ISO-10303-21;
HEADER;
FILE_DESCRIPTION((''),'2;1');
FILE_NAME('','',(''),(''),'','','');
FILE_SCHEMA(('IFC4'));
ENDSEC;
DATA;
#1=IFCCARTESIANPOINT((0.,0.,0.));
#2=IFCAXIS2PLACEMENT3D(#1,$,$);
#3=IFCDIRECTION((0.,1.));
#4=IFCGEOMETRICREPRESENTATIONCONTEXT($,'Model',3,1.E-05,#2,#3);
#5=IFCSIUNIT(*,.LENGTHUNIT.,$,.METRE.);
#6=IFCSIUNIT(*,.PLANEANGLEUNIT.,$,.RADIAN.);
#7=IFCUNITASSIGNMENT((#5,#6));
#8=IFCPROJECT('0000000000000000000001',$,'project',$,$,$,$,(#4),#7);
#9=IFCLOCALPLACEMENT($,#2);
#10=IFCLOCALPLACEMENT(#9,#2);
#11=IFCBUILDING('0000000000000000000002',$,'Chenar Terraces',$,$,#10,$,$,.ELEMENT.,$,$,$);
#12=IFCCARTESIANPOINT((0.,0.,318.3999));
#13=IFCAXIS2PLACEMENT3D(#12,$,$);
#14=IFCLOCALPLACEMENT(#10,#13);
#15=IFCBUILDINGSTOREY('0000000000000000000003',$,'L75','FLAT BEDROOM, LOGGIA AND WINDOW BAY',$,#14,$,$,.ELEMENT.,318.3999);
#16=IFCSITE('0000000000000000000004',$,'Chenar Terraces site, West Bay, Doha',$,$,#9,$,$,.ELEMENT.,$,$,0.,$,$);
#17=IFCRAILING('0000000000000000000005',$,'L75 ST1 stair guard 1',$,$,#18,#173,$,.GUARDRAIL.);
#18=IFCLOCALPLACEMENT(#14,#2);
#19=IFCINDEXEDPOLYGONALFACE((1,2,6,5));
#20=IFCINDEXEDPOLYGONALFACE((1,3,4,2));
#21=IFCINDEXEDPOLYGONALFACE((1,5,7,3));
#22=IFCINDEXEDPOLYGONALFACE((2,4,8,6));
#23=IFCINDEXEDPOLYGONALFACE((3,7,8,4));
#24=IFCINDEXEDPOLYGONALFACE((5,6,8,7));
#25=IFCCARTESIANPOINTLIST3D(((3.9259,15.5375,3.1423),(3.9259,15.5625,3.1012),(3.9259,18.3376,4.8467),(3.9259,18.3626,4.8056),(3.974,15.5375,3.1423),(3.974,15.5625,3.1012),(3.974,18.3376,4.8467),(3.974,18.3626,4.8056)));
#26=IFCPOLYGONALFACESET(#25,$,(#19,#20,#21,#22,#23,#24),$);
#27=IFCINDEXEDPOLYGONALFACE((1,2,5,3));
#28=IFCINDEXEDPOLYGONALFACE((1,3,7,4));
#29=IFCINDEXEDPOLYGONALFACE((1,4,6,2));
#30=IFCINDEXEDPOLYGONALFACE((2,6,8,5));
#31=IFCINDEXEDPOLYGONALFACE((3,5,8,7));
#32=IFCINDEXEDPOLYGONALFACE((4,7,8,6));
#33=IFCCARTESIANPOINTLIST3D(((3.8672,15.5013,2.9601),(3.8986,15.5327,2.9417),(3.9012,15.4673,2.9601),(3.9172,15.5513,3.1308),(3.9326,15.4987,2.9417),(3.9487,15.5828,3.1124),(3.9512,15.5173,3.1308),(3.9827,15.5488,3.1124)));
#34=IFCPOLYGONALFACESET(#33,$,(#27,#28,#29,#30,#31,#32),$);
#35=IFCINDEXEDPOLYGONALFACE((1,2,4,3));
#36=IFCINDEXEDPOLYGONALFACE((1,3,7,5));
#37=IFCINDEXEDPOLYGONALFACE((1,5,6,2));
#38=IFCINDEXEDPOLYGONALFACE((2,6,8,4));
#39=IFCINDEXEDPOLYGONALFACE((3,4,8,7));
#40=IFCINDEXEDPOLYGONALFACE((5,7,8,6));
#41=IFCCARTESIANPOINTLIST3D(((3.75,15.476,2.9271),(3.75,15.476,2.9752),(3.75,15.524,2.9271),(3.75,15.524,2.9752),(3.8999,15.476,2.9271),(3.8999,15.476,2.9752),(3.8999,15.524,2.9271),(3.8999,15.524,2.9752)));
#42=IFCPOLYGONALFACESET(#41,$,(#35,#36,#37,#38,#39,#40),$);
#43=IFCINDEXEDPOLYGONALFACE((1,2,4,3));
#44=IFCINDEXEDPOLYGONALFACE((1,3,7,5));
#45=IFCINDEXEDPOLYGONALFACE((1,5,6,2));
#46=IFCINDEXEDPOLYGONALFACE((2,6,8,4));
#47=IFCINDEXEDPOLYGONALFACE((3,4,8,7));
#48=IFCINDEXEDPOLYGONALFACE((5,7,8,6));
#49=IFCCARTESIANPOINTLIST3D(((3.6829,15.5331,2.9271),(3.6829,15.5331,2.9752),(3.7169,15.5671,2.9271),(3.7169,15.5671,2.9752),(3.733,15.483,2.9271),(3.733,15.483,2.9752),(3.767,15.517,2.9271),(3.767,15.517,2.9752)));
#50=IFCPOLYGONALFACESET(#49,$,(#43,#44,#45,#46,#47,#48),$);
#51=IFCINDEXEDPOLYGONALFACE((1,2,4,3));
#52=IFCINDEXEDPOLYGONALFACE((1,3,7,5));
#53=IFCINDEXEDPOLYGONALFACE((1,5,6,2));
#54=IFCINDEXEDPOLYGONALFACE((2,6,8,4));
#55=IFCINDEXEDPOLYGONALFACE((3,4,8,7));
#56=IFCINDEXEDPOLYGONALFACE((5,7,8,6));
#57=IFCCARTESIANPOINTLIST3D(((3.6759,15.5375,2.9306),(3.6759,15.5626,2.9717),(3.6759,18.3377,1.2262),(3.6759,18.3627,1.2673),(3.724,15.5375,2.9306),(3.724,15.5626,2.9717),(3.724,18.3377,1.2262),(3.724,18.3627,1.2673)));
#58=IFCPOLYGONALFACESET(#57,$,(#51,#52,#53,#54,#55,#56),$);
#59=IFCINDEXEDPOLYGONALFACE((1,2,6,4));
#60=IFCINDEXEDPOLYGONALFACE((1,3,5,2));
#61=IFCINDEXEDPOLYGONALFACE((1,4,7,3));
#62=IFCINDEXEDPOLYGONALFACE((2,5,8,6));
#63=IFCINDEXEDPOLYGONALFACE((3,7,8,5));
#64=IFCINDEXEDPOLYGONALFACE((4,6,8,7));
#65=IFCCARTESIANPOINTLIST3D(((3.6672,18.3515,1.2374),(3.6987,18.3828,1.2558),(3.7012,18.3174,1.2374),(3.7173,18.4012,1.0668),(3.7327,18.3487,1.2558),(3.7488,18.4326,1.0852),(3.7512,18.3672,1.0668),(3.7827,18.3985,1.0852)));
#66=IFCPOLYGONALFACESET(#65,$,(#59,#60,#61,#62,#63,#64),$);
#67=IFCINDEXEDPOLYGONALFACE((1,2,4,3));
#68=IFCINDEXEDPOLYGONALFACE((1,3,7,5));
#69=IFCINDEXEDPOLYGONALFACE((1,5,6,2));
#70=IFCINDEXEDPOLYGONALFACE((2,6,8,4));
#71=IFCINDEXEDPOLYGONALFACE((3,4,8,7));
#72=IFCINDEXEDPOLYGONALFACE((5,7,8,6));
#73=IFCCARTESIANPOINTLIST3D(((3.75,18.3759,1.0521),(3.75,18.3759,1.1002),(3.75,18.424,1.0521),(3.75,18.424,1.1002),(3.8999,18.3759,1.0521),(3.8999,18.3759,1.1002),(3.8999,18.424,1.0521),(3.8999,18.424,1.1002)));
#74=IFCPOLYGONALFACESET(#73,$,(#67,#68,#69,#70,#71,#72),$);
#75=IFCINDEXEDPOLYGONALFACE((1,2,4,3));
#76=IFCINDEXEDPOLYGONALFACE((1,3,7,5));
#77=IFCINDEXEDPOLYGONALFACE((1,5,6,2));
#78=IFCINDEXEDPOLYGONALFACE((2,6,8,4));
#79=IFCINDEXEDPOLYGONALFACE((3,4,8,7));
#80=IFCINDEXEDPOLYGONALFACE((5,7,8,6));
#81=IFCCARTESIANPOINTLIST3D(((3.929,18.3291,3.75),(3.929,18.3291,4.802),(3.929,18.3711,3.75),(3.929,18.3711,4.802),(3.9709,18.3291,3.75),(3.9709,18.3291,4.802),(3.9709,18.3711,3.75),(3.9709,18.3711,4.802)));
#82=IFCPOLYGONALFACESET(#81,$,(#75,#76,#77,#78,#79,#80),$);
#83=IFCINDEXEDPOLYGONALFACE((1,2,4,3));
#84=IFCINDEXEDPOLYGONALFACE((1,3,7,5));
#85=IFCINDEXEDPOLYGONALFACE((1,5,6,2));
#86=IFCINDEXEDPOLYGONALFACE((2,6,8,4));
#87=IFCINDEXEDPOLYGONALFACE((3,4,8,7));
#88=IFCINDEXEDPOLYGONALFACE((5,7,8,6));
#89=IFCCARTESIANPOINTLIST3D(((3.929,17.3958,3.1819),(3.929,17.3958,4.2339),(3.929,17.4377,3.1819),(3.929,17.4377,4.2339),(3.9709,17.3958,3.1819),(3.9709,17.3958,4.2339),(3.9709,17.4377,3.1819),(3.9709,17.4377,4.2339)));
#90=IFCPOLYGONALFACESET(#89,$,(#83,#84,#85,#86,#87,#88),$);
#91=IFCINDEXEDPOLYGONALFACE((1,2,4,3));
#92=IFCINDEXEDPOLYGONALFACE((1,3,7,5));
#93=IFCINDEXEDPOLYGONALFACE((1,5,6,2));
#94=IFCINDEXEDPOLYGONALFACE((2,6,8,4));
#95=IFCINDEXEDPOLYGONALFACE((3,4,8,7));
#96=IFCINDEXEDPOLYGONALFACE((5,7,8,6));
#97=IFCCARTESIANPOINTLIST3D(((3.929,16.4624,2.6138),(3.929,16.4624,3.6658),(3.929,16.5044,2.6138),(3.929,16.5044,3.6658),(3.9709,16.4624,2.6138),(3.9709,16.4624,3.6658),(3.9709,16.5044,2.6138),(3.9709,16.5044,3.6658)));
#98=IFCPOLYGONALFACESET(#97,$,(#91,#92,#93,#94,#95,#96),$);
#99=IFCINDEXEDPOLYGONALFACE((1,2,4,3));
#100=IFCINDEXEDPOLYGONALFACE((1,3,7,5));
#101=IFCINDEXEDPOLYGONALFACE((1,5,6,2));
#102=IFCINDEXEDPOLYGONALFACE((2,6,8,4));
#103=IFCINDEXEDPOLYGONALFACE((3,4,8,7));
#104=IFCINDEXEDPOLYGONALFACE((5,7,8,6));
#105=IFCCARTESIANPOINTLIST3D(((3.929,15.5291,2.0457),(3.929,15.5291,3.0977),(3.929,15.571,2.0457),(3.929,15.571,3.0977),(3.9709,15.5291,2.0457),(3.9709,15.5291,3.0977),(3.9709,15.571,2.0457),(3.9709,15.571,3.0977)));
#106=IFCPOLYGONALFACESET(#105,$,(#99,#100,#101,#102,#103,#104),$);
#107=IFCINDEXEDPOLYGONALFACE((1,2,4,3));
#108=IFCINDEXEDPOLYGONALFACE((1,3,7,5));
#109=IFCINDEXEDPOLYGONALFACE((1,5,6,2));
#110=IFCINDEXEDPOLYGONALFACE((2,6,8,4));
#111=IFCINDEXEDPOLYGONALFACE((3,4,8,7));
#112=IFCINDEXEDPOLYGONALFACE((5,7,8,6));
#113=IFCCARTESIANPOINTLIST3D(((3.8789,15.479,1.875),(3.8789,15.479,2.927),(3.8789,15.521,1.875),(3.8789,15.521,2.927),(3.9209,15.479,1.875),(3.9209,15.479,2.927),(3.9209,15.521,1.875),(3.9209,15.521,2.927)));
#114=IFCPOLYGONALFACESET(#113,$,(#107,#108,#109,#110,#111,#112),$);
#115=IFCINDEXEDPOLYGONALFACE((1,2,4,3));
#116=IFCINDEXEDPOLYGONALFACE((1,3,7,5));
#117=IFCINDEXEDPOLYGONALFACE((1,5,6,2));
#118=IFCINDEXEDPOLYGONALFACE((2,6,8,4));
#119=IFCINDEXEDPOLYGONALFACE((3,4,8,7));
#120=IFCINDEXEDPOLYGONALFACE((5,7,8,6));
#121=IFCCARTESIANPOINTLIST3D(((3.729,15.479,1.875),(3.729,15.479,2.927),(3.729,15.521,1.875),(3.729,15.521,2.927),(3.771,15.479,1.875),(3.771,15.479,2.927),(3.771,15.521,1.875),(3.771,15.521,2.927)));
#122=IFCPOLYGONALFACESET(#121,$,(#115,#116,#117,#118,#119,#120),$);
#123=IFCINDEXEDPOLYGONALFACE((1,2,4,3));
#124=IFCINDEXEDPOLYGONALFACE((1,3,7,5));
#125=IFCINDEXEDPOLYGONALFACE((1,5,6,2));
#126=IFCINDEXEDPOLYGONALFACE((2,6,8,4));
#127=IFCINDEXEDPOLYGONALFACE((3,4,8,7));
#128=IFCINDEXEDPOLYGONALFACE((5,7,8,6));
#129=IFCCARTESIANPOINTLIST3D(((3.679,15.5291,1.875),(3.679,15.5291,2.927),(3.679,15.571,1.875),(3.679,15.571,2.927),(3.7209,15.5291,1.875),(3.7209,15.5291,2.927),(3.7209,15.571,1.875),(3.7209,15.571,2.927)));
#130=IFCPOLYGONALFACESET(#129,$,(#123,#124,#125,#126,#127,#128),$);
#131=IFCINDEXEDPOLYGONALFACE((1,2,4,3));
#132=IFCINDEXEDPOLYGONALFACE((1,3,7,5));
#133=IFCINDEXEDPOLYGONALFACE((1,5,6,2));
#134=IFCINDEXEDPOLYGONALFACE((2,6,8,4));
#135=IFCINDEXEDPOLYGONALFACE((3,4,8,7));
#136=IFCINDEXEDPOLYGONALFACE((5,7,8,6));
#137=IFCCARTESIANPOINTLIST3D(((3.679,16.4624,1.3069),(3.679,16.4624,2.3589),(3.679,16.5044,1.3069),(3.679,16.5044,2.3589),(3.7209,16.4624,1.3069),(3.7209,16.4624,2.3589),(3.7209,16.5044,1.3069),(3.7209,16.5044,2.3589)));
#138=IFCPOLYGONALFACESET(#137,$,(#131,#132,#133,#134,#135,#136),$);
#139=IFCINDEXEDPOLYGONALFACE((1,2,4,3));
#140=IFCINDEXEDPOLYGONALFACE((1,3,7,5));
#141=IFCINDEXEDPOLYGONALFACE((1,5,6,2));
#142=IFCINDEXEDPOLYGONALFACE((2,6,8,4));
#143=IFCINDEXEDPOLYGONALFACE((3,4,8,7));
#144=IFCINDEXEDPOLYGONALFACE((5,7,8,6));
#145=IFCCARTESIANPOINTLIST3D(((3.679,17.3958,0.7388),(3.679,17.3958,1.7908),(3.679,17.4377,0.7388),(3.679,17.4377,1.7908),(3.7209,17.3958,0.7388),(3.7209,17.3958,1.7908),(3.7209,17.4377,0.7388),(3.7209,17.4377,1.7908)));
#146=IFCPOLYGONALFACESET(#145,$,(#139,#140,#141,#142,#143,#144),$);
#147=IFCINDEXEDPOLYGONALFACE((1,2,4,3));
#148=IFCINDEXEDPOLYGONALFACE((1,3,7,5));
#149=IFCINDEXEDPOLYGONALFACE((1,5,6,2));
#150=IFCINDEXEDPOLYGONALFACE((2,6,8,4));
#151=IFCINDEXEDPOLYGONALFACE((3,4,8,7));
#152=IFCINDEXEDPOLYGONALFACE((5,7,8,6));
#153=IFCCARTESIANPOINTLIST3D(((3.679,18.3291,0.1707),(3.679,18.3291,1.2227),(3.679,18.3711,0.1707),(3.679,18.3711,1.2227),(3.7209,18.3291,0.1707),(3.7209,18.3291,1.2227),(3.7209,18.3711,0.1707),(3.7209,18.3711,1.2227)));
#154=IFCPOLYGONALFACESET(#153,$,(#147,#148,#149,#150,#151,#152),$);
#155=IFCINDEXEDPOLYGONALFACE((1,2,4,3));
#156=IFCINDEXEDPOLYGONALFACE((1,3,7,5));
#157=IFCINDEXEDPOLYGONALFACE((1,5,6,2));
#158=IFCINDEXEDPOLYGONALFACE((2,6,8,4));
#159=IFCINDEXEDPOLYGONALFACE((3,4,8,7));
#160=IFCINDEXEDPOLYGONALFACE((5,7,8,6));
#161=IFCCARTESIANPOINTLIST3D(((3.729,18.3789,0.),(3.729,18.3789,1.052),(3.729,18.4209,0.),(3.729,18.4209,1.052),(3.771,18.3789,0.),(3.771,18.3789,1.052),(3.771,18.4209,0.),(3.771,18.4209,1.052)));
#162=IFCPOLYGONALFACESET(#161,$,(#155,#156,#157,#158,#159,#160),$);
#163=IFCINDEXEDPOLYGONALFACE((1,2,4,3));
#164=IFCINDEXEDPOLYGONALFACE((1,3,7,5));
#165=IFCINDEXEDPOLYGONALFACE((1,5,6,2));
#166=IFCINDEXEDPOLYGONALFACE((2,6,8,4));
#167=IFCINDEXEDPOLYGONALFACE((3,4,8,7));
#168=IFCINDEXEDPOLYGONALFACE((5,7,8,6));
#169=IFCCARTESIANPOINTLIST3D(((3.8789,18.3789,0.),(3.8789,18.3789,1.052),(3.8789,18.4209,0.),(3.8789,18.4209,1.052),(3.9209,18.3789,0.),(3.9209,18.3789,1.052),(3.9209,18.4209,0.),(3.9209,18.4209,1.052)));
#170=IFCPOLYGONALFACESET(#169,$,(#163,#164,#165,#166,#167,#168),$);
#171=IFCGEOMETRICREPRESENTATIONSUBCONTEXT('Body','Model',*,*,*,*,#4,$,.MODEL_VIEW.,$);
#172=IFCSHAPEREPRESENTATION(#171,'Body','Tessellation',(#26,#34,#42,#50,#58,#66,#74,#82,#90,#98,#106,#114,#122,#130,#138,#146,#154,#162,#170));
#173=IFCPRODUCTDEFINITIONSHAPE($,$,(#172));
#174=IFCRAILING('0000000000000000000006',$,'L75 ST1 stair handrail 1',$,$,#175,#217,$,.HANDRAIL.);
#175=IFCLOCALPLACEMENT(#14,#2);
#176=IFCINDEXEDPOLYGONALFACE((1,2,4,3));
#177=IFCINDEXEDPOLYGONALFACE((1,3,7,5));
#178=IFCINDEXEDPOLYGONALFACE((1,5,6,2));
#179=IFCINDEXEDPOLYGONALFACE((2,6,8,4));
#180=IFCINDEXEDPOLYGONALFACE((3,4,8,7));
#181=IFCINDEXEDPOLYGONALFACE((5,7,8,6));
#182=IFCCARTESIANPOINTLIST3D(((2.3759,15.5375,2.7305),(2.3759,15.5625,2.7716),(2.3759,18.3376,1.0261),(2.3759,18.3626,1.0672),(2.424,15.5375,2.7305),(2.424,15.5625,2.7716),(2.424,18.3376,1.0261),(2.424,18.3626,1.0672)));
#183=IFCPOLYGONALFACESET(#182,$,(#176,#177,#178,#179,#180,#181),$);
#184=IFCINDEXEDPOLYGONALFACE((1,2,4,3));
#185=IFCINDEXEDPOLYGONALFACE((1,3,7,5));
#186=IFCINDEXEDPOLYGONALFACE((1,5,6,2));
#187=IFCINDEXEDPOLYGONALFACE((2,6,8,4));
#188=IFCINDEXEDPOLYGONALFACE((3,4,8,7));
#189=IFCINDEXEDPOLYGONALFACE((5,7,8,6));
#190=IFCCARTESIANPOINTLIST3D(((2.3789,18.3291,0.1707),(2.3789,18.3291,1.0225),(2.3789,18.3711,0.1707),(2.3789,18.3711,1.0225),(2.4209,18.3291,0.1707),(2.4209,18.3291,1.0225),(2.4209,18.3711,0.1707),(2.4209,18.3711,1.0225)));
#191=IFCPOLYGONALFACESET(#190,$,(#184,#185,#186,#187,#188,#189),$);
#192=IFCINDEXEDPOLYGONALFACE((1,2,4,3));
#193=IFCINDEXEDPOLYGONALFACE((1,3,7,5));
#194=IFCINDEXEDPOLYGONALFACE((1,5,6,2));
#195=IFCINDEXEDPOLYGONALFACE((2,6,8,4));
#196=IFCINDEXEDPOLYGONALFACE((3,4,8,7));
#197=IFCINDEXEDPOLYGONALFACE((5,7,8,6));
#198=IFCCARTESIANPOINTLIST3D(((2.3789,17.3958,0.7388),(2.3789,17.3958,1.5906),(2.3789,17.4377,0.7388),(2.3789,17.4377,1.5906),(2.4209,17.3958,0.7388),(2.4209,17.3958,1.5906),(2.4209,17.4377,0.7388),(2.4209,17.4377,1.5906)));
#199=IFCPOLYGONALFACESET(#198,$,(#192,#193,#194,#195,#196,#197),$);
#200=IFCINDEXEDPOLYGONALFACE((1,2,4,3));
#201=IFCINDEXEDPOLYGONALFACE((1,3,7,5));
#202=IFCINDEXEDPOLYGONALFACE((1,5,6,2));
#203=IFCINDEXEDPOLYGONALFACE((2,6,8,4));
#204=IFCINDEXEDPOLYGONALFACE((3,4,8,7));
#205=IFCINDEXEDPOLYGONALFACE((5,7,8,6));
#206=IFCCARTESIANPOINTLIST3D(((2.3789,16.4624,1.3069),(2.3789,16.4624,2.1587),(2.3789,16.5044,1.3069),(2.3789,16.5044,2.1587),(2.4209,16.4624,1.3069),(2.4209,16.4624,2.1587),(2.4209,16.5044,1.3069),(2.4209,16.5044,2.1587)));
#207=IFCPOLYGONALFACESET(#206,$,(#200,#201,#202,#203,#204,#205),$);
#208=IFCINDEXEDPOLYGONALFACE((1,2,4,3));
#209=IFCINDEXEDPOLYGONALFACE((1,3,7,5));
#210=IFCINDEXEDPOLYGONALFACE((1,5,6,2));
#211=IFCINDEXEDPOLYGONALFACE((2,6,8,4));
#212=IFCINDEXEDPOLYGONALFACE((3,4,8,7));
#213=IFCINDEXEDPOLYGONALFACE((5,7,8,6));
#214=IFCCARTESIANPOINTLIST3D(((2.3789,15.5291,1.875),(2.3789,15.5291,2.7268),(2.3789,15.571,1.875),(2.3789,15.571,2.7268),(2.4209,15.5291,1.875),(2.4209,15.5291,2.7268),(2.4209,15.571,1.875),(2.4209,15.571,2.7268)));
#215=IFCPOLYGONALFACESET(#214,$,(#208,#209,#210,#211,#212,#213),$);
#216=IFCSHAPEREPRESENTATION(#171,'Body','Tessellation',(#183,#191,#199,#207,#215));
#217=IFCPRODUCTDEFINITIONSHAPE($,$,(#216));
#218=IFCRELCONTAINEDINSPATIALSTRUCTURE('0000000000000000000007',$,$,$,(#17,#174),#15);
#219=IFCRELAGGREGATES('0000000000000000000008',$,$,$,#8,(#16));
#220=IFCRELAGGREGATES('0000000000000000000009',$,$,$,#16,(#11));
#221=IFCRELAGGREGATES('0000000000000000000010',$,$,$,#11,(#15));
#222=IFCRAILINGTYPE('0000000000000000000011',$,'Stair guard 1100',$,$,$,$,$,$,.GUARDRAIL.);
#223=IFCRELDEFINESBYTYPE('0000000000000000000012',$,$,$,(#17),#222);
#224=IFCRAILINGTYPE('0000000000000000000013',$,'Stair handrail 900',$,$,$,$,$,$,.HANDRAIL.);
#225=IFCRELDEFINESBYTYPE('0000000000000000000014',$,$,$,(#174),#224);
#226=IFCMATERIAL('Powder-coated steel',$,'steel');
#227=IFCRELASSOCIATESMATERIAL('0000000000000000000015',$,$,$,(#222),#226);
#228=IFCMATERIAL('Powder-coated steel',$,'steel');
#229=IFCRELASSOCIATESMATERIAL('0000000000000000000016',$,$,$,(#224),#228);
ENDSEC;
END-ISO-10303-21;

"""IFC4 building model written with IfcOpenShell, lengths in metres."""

from ifc_helpers import new_model, si_unit, direction, frame, origin, origin_2d, place, context, subcontext, project, spatial, rectangle, extrude, material, type_object, element, save


model = new_model("IFC4")

# Units and contexts
model_context = context("Model", 3, precision=1e-05, world=origin(), true_north=direction((0.0, 1.0)))
body_context = subcontext(model_context, "Body", "Model", "MODEL_VIEW")
ifc_project = project(units=[si_unit("LENGTHUNIT", "METRE"), si_unit("PLANEANGLEUNIT", "RADIAN")], contexts=[model_context])

# Site, building, storey
site_placement = place(None, origin())
site = spatial("IfcSite", under=ifc_project, at=site_placement, Name="Chenar Terraces site, West Bay, Doha", CompositionType="ELEMENT", RefElevation=0.0)
building_placement = place(site_placement, origin())
building = spatial("IfcBuilding", under=site, at=building_placement, Name="Chenar Terraces", CompositionType="ELEMENT")
storey_placement = place(building_placement, frame((0.0, 0.0, 318.3999)))
storey = spatial("IfcBuildingStorey", under=building, at=storey_placement, Name="L75", Description="FLAT BEDROOM, LOGGIA AND WINDOW BAY", CompositionType="ELEMENT", Elevation=318.3999)

# Railings
ifc_material_1 = material(Name="Powder-coated steel", Category="steel")
railing_type_1 = type_object("IfcRailingType", Name="Stair guard 1100", PredefinedType="GUARDRAIL", material=ifc_material_1)
railing_1_placement = place(storey_placement, frame((3.95, 18.3501, 3.75)))
element("IfcRailing", 1, at=railing_1_placement, inside=storey, type_object=railing_type_1, Name="L75 ST1 stair guard 1", PredefinedType="GUARDRAIL", context=body_context, shape_type="SweptSolid", body=[
    extrude(rectangle(XDim=0.0481, YDim=0.0481, at=origin_2d()), frame((0.0, 0.0, 1.0762), z_axis=(0.0, -0.854203, -0.51994), x_axis=(1.0, 0.0, 0.0)), (0.0, 0.0, 1.0), 3.2781),
    extrude(rectangle(XDim=0.0481, YDim=0.0481, at=origin_2d()), frame((0.0, -2.8, -0.6284), z_axis=(-0.2709, -0.2709, -0.923703), x_axis=(0.707107, -0.707107, 0.0)), (0.0, 0.0, 1.0), 0.1848),
    extrude(rectangle(XDim=0.0481, YDim=0.0481, at=origin_2d()), frame((-0.05, -2.8501, -0.7988), z_axis=(-1.0, 0.0, 0.0), x_axis=(0.0, -1.0, 0.0)), (0.0, 0.0, 1.0), 0.1499),
    extrude(rectangle(XDim=0.0481, YDim=0.0481, at=origin_2d()), frame((-0.2, -2.8501, -0.7988), z_axis=(-0.707107, 0.707107, 0.0), x_axis=(-0.707107, -0.707107, 0.0)), (0.0, 0.0, 1.0), 0.0708),
    extrude(rectangle(XDim=0.0481, YDim=0.0481, at=origin_2d()), frame((-0.25, -2.8, -0.7988), z_axis=(0.0, 0.854203, -0.51994), x_axis=(-1.0, 0.0, 0.0)), (0.0, 0.0, 1.0), 3.2781),
    extrude(rectangle(XDim=0.0481, YDim=0.0481, at=origin_2d()), frame((-0.25, 0.0, -2.5034), z_axis=(0.270997, 0.269675, -0.924033), x_axis=(-0.705376, 0.708834, 0.0)), (0.0, 0.0, 1.0), 0.1846),
    extrude(rectangle(XDim=0.0481, YDim=0.0481, at=origin_2d()), frame((-0.2, 0.0498, -2.6738), z_axis=(1.0, 0.0, 0.0), x_axis=(0.0, 1.0, 0.0)), (0.0, 0.0, 1.0), 0.1499),
    extrude(rectangle(XDim=0.042, YDim=0.042, at=origin_2d()), origin(), (0.0, 0.0, 1.0), 1.052),
    extrude(rectangle(XDim=0.042, YDim=0.042, at=origin_2d()), frame((0.0, -0.9333, -0.5681)), (0.0, 0.0, 1.0), 1.052),
    extrude(rectangle(XDim=0.042, YDim=0.042, at=origin_2d()), frame((0.0, -1.8667, -1.1362)), (0.0, 0.0, 1.0), 1.052),
    extrude(rectangle(XDim=0.042, YDim=0.042, at=origin_2d()), frame((0.0, -2.8, -1.7043)), (0.0, 0.0, 1.0), 1.052),
    extrude(rectangle(XDim=0.042, YDim=0.042, at=origin_2d()), frame((-0.05, -2.8501, -1.875)), (0.0, 0.0, 1.0), 1.052),
    extrude(rectangle(XDim=0.042, YDim=0.042, at=origin_2d()), frame((-0.2, -2.8501, -1.875)), (0.0, 0.0, 1.0), 1.052),
    extrude(rectangle(XDim=0.042, YDim=0.042, at=origin_2d()), frame((-0.25, -2.8, -1.875)), (0.0, 0.0, 1.0), 1.052),
    extrude(rectangle(XDim=0.042, YDim=0.042, at=origin_2d()), frame((-0.25, -1.8667, -2.4431)), (0.0, 0.0, 1.0), 1.052),
    extrude(rectangle(XDim=0.042, YDim=0.042, at=origin_2d()), frame((-0.25, -0.9333, -3.0112)), (0.0, 0.0, 1.0), 1.052),
    extrude(rectangle(XDim=0.042, YDim=0.042, at=origin_2d()), frame((-0.25, 0.0, -3.5793)), (0.0, 0.0, 1.0), 1.052),
    extrude(rectangle(XDim=0.042, YDim=0.042, at=origin_2d()), frame((-0.2, 0.0498, -3.75)), (0.0, 0.0, 1.0), 1.052),
    extrude(rectangle(XDim=0.042, YDim=0.042, at=origin_2d()), frame((-0.05, 0.0498, -3.75)), (0.0, 0.0, 1.0), 1.052),
])
ifc_material_2 = material(Name="Powder-coated steel", Category="steel")
railing_type_2 = type_object("IfcRailingType", Name="Stair handrail 900", PredefinedType="HANDRAIL", material=ifc_material_2)
railing_2_placement = place(storey_placement, frame((2.3999, 18.3501, 0.1707)))
element("IfcRailing", 2, at=railing_2_placement, inside=storey, type_object=railing_type_2, Name="L75 ST1 stair handrail 1", PredefinedType="HANDRAIL", context=body_context, shape_type="SweptSolid", body=[
    extrude(rectangle(XDim=0.0481, YDim=0.0481, at=origin_2d()), frame((0.0, 0.0, 0.876), z_axis=(0.0, -0.854203, 0.51994), x_axis=(1.0, 0.0, 0.0)), (0.0, 0.0, 1.0), 3.2781),
    extrude(rectangle(XDim=0.042, YDim=0.042, at=origin_2d()), origin(), (0.0, 0.0, 1.0), 0.8518),
    extrude(rectangle(XDim=0.042, YDim=0.042, at=origin_2d()), frame((0.0, -0.9333, 0.5681)), (0.0, 0.0, 1.0), 0.8518),
    extrude(rectangle(XDim=0.042, YDim=0.042, at=origin_2d()), frame((0.0, -1.8667, 1.1362)), (0.0, 0.0, 1.0), 0.8518),
    extrude(rectangle(XDim=0.042, YDim=0.042, at=origin_2d()), frame((0.0, -2.8, 1.7043)), (0.0, 0.0, 1.0), 0.8518),
])

save(model, "model.ifc")
